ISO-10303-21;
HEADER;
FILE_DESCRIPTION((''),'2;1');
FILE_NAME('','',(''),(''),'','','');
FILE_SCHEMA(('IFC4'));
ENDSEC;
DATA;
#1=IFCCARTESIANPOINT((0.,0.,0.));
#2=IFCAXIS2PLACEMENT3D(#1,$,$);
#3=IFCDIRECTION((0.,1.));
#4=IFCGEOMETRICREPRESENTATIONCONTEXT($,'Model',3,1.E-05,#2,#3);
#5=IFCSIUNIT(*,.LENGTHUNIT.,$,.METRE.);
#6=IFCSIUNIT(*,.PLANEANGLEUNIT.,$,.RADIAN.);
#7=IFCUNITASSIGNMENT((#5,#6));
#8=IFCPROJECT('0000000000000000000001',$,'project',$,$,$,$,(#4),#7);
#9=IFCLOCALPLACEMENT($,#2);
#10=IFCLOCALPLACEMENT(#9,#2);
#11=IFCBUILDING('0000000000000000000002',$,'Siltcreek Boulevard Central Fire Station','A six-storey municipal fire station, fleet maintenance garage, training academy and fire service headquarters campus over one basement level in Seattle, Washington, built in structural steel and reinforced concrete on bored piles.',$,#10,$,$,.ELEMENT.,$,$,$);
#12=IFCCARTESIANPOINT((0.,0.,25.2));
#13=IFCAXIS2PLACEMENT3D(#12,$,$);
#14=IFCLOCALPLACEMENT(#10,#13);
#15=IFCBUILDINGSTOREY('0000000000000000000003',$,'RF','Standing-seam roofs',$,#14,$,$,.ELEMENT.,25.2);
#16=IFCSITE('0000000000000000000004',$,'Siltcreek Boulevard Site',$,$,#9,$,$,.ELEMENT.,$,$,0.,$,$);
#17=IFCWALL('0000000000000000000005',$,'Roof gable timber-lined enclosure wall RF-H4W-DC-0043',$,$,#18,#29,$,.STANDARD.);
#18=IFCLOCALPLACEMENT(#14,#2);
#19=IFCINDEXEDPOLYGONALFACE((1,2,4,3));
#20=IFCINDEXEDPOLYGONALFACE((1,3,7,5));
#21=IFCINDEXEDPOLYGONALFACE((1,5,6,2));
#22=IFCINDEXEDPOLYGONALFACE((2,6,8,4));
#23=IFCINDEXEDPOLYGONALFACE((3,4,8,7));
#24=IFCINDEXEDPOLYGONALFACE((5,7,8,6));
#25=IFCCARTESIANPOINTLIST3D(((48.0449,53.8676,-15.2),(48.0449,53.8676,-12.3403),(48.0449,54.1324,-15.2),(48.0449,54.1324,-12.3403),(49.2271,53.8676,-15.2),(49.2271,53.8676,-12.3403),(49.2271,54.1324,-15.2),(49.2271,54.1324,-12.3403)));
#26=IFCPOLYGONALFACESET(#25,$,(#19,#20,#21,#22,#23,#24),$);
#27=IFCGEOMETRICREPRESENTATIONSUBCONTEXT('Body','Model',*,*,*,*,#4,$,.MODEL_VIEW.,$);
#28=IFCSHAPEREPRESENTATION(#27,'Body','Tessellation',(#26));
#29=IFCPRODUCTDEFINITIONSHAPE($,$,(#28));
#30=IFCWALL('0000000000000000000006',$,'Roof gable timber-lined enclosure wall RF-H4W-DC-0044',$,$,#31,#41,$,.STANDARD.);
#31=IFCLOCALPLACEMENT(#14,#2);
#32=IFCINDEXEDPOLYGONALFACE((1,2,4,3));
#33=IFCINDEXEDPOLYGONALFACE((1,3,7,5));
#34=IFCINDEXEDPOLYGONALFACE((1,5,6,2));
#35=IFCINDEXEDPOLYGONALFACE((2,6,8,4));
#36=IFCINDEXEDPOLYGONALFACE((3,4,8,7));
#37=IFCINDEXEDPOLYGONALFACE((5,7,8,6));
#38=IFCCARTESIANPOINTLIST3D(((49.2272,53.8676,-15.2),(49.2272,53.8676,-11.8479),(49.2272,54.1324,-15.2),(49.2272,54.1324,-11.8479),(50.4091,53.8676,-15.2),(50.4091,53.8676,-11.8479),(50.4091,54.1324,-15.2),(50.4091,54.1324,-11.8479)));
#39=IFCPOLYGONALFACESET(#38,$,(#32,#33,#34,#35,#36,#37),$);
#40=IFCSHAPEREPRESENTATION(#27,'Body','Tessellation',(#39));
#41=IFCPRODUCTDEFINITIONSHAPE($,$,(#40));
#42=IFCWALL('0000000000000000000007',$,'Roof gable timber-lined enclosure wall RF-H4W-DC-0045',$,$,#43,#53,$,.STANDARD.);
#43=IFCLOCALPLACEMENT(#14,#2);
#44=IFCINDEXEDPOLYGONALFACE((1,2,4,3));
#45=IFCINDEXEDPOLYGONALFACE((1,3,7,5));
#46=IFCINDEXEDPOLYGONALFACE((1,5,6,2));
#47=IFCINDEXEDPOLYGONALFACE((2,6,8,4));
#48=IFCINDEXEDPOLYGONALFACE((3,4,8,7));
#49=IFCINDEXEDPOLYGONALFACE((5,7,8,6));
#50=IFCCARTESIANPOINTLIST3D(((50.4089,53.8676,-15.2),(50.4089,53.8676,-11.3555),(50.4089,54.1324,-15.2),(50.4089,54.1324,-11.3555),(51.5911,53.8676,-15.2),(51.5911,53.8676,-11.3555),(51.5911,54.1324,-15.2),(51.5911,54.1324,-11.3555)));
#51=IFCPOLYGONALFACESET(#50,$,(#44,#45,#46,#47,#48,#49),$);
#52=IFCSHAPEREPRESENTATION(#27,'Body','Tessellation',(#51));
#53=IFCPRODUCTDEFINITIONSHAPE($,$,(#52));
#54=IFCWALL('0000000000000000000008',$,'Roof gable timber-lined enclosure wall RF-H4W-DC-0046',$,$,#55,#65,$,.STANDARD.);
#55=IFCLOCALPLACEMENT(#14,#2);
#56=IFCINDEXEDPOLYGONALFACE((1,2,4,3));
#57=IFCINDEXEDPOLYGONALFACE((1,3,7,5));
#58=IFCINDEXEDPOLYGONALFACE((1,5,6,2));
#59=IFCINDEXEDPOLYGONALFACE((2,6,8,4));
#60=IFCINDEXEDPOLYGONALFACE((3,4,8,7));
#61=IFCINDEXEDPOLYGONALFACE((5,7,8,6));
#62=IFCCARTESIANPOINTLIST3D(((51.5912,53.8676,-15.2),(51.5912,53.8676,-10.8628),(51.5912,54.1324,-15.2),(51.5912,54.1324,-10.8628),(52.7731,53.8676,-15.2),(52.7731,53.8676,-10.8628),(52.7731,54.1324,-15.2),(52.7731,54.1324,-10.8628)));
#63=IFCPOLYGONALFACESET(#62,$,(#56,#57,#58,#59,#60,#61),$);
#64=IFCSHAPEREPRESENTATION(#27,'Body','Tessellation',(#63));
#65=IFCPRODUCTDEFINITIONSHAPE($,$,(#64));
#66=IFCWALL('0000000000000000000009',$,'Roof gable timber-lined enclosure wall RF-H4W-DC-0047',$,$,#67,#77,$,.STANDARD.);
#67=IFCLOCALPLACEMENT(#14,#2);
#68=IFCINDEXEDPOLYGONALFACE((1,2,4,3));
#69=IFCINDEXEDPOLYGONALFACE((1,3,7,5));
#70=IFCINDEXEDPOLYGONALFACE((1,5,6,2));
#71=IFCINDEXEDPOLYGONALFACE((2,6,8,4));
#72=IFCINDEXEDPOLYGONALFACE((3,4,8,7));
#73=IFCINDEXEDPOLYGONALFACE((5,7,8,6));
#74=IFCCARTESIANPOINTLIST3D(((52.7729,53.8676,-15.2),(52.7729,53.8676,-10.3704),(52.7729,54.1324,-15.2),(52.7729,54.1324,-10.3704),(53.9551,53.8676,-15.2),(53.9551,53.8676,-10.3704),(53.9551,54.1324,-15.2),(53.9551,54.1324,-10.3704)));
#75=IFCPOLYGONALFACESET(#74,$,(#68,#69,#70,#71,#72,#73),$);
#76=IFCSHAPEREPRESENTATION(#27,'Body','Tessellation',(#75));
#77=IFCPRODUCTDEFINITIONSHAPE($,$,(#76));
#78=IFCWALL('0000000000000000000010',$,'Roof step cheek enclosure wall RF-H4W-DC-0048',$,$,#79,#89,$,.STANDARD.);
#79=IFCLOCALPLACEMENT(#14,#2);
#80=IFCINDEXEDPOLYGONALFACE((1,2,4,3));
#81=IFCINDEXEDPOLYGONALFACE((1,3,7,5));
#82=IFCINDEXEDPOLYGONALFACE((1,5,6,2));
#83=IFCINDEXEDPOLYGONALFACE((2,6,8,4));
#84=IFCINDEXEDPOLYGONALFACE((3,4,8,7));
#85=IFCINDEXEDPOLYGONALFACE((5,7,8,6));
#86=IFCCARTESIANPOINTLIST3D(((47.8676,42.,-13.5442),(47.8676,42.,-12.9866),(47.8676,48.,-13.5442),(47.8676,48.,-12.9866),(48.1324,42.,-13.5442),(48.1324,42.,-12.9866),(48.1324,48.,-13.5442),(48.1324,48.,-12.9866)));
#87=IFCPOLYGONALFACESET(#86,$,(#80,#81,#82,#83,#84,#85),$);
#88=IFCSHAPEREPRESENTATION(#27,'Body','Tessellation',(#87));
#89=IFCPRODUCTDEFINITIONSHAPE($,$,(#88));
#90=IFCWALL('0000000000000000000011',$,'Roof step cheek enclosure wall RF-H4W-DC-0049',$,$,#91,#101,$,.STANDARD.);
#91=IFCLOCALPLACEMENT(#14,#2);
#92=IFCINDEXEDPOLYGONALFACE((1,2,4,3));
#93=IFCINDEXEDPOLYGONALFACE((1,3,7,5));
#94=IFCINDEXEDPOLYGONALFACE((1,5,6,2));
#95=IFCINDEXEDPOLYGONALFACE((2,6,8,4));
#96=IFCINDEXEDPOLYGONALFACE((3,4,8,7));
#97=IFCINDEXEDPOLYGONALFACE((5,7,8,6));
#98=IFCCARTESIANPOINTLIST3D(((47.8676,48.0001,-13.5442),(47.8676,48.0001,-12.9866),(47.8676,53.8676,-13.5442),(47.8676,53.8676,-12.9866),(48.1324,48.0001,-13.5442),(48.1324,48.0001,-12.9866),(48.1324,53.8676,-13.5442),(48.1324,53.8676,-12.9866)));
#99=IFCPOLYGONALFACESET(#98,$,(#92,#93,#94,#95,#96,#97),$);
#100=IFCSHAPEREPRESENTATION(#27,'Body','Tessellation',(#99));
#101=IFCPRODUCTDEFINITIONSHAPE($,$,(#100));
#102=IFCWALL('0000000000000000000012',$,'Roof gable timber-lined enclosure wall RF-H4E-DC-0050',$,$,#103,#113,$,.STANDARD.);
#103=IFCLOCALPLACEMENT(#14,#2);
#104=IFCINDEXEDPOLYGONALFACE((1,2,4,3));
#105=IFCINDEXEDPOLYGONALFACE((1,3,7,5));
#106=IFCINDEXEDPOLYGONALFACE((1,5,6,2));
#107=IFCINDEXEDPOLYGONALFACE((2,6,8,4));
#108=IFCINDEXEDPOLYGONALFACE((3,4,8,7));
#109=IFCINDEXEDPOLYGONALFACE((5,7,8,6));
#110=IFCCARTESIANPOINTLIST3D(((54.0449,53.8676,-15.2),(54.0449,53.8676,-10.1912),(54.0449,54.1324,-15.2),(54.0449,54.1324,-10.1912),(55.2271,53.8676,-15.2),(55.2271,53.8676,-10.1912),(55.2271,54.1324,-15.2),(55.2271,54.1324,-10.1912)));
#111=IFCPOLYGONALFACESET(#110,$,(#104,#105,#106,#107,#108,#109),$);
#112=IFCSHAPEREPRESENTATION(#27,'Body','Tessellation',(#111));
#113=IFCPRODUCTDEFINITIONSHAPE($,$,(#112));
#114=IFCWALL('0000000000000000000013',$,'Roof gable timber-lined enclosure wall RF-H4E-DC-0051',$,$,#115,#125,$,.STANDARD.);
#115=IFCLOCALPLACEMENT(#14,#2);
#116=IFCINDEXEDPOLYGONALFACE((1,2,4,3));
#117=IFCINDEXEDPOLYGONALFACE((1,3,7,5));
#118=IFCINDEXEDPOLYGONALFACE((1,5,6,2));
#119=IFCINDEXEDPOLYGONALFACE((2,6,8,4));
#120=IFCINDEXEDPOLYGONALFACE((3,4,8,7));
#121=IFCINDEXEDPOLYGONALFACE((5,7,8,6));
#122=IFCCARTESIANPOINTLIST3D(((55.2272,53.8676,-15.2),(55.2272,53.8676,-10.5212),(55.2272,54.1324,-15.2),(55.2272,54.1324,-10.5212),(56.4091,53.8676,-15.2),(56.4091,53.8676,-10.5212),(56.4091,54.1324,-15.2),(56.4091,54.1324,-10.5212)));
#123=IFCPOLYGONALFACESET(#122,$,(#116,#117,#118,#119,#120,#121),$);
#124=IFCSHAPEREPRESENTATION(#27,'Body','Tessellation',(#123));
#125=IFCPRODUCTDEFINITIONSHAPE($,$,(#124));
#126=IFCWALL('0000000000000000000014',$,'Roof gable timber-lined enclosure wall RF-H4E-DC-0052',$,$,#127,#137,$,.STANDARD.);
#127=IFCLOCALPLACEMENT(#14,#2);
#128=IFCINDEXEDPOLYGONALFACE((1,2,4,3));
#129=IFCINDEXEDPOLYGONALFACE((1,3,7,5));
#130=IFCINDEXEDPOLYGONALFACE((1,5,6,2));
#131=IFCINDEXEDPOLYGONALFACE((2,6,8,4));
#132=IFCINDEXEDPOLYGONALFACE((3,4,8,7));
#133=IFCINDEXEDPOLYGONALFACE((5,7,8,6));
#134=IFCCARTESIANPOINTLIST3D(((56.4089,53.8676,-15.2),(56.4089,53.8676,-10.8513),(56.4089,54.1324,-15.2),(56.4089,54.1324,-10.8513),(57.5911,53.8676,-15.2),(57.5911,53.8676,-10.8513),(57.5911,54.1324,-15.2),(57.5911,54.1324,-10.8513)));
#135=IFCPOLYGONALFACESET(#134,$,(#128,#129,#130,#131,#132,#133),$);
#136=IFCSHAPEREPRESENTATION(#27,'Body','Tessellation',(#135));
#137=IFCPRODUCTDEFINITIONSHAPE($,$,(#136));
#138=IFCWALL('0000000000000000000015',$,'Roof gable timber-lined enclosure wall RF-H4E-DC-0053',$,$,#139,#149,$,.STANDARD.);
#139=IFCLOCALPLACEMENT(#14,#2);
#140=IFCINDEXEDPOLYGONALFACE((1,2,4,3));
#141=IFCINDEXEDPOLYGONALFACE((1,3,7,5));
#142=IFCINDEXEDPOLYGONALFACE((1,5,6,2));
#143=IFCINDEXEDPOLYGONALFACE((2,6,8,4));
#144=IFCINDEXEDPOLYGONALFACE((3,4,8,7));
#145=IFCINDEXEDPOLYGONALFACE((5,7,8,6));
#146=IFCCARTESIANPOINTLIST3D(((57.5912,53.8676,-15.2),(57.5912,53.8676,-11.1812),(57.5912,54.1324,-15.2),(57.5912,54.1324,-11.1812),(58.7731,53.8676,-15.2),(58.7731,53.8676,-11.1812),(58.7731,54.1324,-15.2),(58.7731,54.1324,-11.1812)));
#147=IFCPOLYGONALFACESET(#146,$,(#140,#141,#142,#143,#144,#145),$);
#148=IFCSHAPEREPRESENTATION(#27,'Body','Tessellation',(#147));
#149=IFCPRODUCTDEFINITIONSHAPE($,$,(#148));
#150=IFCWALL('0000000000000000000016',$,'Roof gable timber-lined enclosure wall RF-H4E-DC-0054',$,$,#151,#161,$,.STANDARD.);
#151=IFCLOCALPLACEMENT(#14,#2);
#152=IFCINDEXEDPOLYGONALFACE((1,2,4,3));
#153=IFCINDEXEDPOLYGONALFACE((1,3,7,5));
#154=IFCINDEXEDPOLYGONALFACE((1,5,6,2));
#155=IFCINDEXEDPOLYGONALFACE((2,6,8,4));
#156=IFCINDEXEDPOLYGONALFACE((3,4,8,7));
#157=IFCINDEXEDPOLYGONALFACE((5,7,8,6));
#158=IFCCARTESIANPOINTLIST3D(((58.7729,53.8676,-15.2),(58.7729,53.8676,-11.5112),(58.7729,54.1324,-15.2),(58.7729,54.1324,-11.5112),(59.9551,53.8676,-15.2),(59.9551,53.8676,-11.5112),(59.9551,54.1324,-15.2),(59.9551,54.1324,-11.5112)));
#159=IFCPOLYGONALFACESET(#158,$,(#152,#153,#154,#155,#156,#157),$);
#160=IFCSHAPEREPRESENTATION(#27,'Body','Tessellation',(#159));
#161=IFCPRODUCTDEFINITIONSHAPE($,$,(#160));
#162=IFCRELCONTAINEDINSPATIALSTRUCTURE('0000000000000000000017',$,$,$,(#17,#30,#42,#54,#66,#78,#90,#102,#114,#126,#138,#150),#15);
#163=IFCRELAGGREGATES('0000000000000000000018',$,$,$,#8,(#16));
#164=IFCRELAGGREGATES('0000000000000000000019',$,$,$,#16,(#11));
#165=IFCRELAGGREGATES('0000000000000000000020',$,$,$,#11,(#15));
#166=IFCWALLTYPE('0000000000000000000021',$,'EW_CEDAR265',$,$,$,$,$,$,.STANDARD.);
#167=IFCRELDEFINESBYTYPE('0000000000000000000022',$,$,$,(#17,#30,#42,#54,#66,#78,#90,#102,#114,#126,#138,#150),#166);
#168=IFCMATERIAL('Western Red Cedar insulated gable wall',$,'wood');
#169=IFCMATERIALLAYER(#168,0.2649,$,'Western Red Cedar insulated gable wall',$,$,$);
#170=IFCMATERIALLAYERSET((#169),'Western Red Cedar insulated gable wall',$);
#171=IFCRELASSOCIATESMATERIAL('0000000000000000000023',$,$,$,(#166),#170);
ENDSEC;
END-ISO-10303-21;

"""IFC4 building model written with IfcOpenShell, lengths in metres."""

from ifc_helpers import new_model, si_unit, direction, frame, frame_2d, origin, place, context, subcontext, project, spatial, rectangle, extrude, material, layer, layer_set, type_object, element, save


model = new_model("IFC4")

# Units and contexts
model_context = context("Model", 3, precision=1e-05, world=origin(), true_north=direction((0.0, 1.0)))
body_context = subcontext(model_context, "Body", "Model", "MODEL_VIEW")
ifc_project = project(units=[si_unit("LENGTHUNIT", "METRE"), si_unit("PLANEANGLEUNIT", "RADIAN")], contexts=[model_context])

# Site, building, storey
site_placement = place(None, origin())
site = spatial("IfcSite", under=ifc_project, at=site_placement, Name="Siltcreek Boulevard Site", CompositionType="ELEMENT", RefElevation=0.0)
building_placement = place(site_placement, origin())
building = spatial("IfcBuilding", under=site, at=building_placement, Name="Siltcreek Boulevard Central Fire Station", Description="A six-storey municipal fire station, fleet maintenance garage, training academy and fire service headquarters campus over one basement level in Seattle, Washington, built in structural steel and reinforced concrete on bored piles.", CompositionType="ELEMENT")
storey_placement = place(building_placement, frame((0.0, 0.0, 25.2)))
storey = spatial("IfcBuildingStorey", under=building, at=storey_placement, Name="RF", Description="Standing-seam roofs", CompositionType="ELEMENT", Elevation=25.2)

# Walls
ifc_material_1 = material(Name="Western Red Cedar insulated gable wall", Category="wood")
ifc_layer_1 = layer(ifc_material_1, 0.2649, Name="Western Red Cedar insulated gable wall")
ifc_layer_set_1 = layer_set([ifc_layer_1], Name="Western Red Cedar insulated gable wall")
wall_type = type_object("IfcWallType", Name="EW_CEDAR265", PredefinedType="STANDARD", material=ifc_layer_set_1)
wall_1_placement = place(storey_placement, frame((49.2271, 54.0, -15.2), z_axis=(0.0, 0.0, 1.0), x_axis=(-1.0, 0.0, 0.0)))
element("IfcWall", 1, at=wall_1_placement, inside=storey, type_object=wall_type, Name="Roof gable timber-lined enclosure wall RF-H4W-DC-0043", PredefinedType="STANDARD", context=body_context, shape_type="SweptSolid", body=[
    extrude(rectangle(XDim=1.1821, YDim=0.2649, at=frame_2d((0.5911, 0.0))), origin(), (0.0, 0.0, 1.0), 2.8596),
])
wall_2_placement = place(storey_placement, frame((50.4089, 54.0, -15.2), z_axis=(0.0, 0.0, 1.0), x_axis=(-1.0, 0.0, 0.0)))
element("IfcWall", 2, at=wall_2_placement, inside=storey, type_object=wall_type, Name="Roof gable timber-lined enclosure wall RF-H4W-DC-0044", PredefinedType="STANDARD", context=body_context, shape_type="SweptSolid", body=[
    extrude(rectangle(XDim=1.1819, YDim=0.2649, at=frame_2d((0.5908, 0.0))), origin(), (0.0, 0.0, 1.0), 3.3521),
])
wall_3_placement = place(storey_placement, frame((51.5911, 54.0, -15.2), z_axis=(0.0, 0.0, 1.0), x_axis=(-1.0, 0.0, 0.0)))
element("IfcWall", 3, at=wall_3_placement, inside=storey, type_object=wall_type, Name="Roof gable timber-lined enclosure wall RF-H4W-DC-0045", PredefinedType="STANDARD", context=body_context, shape_type="SweptSolid", body=[
    extrude(rectangle(XDim=1.1821, YDim=0.2649, at=frame_2d((0.5911, 0.0))), origin(), (0.0, 0.0, 1.0), 3.8445),
])
wall_4_placement = place(storey_placement, frame((52.7729, 54.0, -15.2), z_axis=(0.0, 0.0, 1.0), x_axis=(-1.0, 0.0, 0.0)))
element("IfcWall", 4, at=wall_4_placement, inside=storey, type_object=wall_type, Name="Roof gable timber-lined enclosure wall RF-H4W-DC-0046", PredefinedType="STANDARD", context=body_context, shape_type="SweptSolid", body=[
    extrude(rectangle(XDim=1.1819, YDim=0.2649, at=frame_2d((0.5908, 0.0))), origin(), (0.0, 0.0, 1.0), 4.3372),
])
wall_5_placement = place(storey_placement, frame((53.9551, 54.0, -15.2), z_axis=(0.0, 0.0, 1.0), x_axis=(-1.0, 0.0, 0.0)))
element("IfcWall", 5, at=wall_5_placement, inside=storey, type_object=wall_type, Name="Roof gable timber-lined enclosure wall RF-H4W-DC-0047", PredefinedType="STANDARD", context=body_context, shape_type="SweptSolid", body=[
    extrude(rectangle(XDim=1.1821, YDim=0.2649, at=frame_2d((0.5911, 0.0))), origin(), (0.0, 0.0, 1.0), 4.8296),
])
wall_6_placement = place(storey_placement, frame((48.0, 48.0, -13.5442), z_axis=(0.0, 0.0, 1.0), x_axis=(0.0, -1.0, 0.0)))
element("IfcWall", 6, at=wall_6_placement, inside=storey, type_object=wall_type, Name="Roof step cheek enclosure wall RF-H4W-DC-0048", PredefinedType="STANDARD", context=body_context, shape_type="SweptSolid", body=[
    extrude(rectangle(XDim=6.0, YDim=0.2649, at=frame_2d((3.0, 0.0))), origin(), (0.0, 0.0, 1.0), 0.5576),
])
wall_7_placement = place(storey_placement, frame((48.0, 53.8674, -13.5442), z_axis=(0.0, 0.0, 1.0), x_axis=(0.0, -1.0, 0.0)))
element("IfcWall", 7, at=wall_7_placement, inside=storey, type_object=wall_type, Name="Roof step cheek enclosure wall RF-H4W-DC-0049", PredefinedType="STANDARD", context=body_context, shape_type="SweptSolid", body=[
    extrude(rectangle(XDim=5.8674, YDim=0.2649, at=frame_2d((2.9336, 0.0))), origin(), (0.0, 0.0, 1.0), 0.5576),
])
wall_8_placement = place(storey_placement, frame((55.2271, 54.0, -15.2), z_axis=(0.0, 0.0, 1.0), x_axis=(-1.0, 0.0, 0.0)))
element("IfcWall", 8, at=wall_8_placement, inside=storey, type_object=wall_type, Name="Roof gable timber-lined enclosure wall RF-H4E-DC-0050", PredefinedType="STANDARD", context=body_context, shape_type="SweptSolid", body=[
    extrude(rectangle(XDim=1.1821, YDim=0.2649, at=frame_2d((0.5911, 0.0))), origin(), (0.0, 0.0, 1.0), 5.0088),
])
wall_9_placement = place(storey_placement, frame((56.4089, 54.0, -15.2), z_axis=(0.0, 0.0, 1.0), x_axis=(-1.0, 0.0, 0.0)))
element("IfcWall", 9, at=wall_9_placement, inside=storey, type_object=wall_type, Name="Roof gable timber-lined enclosure wall RF-H4E-DC-0051", PredefinedType="STANDARD", context=body_context, shape_type="SweptSolid", body=[
    extrude(rectangle(XDim=1.1819, YDim=0.2649, at=frame_2d((0.5908, 0.0))), origin(), (0.0, 0.0, 1.0), 4.6787),
])
wall_10_placement = place(storey_placement, frame((57.5911, 54.0, -15.2), z_axis=(0.0, 0.0, 1.0), x_axis=(-1.0, 0.0, 0.0)))
element("IfcWall", 10, at=wall_10_placement, inside=storey, type_object=wall_type, Name="Roof gable timber-lined enclosure wall RF-H4E-DC-0052", PredefinedType="STANDARD", context=body_context, shape_type="SweptSolid", body=[
    extrude(rectangle(XDim=1.1821, YDim=0.2649, at=frame_2d((0.5911, 0.0))), origin(), (0.0, 0.0, 1.0), 4.3486),
])
wall_11_placement = place(storey_placement, frame((58.7729, 54.0, -15.2), z_axis=(0.0, 0.0, 1.0), x_axis=(-1.0, 0.0, 0.0)))
element("IfcWall", 11, at=wall_11_placement, inside=storey, type_object=wall_type, Name="Roof gable timber-lined enclosure wall RF-H4E-DC-0053", PredefinedType="STANDARD", context=body_context, shape_type="SweptSolid", body=[
    extrude(rectangle(XDim=1.1819, YDim=0.2649, at=frame_2d((0.5908, 0.0))), origin(), (0.0, 0.0, 1.0), 4.0188),
])
wall_12_placement = place(storey_placement, frame((59.9551, 54.0, -15.2), z_axis=(0.0, 0.0, 1.0), x_axis=(-1.0, 0.0, 0.0)))
element("IfcWall", 12, at=wall_12_placement, inside=storey, type_object=wall_type, Name="Roof gable timber-lined enclosure wall RF-H4E-DC-0054", PredefinedType="STANDARD", context=body_context, shape_type="SweptSolid", body=[
    extrude(rectangle(XDim=1.1821, YDim=0.2649, at=frame_2d((0.5911, 0.0))), origin(), (0.0, 0.0, 1.0), 3.6887),
])

save(model, "model.ifc")
